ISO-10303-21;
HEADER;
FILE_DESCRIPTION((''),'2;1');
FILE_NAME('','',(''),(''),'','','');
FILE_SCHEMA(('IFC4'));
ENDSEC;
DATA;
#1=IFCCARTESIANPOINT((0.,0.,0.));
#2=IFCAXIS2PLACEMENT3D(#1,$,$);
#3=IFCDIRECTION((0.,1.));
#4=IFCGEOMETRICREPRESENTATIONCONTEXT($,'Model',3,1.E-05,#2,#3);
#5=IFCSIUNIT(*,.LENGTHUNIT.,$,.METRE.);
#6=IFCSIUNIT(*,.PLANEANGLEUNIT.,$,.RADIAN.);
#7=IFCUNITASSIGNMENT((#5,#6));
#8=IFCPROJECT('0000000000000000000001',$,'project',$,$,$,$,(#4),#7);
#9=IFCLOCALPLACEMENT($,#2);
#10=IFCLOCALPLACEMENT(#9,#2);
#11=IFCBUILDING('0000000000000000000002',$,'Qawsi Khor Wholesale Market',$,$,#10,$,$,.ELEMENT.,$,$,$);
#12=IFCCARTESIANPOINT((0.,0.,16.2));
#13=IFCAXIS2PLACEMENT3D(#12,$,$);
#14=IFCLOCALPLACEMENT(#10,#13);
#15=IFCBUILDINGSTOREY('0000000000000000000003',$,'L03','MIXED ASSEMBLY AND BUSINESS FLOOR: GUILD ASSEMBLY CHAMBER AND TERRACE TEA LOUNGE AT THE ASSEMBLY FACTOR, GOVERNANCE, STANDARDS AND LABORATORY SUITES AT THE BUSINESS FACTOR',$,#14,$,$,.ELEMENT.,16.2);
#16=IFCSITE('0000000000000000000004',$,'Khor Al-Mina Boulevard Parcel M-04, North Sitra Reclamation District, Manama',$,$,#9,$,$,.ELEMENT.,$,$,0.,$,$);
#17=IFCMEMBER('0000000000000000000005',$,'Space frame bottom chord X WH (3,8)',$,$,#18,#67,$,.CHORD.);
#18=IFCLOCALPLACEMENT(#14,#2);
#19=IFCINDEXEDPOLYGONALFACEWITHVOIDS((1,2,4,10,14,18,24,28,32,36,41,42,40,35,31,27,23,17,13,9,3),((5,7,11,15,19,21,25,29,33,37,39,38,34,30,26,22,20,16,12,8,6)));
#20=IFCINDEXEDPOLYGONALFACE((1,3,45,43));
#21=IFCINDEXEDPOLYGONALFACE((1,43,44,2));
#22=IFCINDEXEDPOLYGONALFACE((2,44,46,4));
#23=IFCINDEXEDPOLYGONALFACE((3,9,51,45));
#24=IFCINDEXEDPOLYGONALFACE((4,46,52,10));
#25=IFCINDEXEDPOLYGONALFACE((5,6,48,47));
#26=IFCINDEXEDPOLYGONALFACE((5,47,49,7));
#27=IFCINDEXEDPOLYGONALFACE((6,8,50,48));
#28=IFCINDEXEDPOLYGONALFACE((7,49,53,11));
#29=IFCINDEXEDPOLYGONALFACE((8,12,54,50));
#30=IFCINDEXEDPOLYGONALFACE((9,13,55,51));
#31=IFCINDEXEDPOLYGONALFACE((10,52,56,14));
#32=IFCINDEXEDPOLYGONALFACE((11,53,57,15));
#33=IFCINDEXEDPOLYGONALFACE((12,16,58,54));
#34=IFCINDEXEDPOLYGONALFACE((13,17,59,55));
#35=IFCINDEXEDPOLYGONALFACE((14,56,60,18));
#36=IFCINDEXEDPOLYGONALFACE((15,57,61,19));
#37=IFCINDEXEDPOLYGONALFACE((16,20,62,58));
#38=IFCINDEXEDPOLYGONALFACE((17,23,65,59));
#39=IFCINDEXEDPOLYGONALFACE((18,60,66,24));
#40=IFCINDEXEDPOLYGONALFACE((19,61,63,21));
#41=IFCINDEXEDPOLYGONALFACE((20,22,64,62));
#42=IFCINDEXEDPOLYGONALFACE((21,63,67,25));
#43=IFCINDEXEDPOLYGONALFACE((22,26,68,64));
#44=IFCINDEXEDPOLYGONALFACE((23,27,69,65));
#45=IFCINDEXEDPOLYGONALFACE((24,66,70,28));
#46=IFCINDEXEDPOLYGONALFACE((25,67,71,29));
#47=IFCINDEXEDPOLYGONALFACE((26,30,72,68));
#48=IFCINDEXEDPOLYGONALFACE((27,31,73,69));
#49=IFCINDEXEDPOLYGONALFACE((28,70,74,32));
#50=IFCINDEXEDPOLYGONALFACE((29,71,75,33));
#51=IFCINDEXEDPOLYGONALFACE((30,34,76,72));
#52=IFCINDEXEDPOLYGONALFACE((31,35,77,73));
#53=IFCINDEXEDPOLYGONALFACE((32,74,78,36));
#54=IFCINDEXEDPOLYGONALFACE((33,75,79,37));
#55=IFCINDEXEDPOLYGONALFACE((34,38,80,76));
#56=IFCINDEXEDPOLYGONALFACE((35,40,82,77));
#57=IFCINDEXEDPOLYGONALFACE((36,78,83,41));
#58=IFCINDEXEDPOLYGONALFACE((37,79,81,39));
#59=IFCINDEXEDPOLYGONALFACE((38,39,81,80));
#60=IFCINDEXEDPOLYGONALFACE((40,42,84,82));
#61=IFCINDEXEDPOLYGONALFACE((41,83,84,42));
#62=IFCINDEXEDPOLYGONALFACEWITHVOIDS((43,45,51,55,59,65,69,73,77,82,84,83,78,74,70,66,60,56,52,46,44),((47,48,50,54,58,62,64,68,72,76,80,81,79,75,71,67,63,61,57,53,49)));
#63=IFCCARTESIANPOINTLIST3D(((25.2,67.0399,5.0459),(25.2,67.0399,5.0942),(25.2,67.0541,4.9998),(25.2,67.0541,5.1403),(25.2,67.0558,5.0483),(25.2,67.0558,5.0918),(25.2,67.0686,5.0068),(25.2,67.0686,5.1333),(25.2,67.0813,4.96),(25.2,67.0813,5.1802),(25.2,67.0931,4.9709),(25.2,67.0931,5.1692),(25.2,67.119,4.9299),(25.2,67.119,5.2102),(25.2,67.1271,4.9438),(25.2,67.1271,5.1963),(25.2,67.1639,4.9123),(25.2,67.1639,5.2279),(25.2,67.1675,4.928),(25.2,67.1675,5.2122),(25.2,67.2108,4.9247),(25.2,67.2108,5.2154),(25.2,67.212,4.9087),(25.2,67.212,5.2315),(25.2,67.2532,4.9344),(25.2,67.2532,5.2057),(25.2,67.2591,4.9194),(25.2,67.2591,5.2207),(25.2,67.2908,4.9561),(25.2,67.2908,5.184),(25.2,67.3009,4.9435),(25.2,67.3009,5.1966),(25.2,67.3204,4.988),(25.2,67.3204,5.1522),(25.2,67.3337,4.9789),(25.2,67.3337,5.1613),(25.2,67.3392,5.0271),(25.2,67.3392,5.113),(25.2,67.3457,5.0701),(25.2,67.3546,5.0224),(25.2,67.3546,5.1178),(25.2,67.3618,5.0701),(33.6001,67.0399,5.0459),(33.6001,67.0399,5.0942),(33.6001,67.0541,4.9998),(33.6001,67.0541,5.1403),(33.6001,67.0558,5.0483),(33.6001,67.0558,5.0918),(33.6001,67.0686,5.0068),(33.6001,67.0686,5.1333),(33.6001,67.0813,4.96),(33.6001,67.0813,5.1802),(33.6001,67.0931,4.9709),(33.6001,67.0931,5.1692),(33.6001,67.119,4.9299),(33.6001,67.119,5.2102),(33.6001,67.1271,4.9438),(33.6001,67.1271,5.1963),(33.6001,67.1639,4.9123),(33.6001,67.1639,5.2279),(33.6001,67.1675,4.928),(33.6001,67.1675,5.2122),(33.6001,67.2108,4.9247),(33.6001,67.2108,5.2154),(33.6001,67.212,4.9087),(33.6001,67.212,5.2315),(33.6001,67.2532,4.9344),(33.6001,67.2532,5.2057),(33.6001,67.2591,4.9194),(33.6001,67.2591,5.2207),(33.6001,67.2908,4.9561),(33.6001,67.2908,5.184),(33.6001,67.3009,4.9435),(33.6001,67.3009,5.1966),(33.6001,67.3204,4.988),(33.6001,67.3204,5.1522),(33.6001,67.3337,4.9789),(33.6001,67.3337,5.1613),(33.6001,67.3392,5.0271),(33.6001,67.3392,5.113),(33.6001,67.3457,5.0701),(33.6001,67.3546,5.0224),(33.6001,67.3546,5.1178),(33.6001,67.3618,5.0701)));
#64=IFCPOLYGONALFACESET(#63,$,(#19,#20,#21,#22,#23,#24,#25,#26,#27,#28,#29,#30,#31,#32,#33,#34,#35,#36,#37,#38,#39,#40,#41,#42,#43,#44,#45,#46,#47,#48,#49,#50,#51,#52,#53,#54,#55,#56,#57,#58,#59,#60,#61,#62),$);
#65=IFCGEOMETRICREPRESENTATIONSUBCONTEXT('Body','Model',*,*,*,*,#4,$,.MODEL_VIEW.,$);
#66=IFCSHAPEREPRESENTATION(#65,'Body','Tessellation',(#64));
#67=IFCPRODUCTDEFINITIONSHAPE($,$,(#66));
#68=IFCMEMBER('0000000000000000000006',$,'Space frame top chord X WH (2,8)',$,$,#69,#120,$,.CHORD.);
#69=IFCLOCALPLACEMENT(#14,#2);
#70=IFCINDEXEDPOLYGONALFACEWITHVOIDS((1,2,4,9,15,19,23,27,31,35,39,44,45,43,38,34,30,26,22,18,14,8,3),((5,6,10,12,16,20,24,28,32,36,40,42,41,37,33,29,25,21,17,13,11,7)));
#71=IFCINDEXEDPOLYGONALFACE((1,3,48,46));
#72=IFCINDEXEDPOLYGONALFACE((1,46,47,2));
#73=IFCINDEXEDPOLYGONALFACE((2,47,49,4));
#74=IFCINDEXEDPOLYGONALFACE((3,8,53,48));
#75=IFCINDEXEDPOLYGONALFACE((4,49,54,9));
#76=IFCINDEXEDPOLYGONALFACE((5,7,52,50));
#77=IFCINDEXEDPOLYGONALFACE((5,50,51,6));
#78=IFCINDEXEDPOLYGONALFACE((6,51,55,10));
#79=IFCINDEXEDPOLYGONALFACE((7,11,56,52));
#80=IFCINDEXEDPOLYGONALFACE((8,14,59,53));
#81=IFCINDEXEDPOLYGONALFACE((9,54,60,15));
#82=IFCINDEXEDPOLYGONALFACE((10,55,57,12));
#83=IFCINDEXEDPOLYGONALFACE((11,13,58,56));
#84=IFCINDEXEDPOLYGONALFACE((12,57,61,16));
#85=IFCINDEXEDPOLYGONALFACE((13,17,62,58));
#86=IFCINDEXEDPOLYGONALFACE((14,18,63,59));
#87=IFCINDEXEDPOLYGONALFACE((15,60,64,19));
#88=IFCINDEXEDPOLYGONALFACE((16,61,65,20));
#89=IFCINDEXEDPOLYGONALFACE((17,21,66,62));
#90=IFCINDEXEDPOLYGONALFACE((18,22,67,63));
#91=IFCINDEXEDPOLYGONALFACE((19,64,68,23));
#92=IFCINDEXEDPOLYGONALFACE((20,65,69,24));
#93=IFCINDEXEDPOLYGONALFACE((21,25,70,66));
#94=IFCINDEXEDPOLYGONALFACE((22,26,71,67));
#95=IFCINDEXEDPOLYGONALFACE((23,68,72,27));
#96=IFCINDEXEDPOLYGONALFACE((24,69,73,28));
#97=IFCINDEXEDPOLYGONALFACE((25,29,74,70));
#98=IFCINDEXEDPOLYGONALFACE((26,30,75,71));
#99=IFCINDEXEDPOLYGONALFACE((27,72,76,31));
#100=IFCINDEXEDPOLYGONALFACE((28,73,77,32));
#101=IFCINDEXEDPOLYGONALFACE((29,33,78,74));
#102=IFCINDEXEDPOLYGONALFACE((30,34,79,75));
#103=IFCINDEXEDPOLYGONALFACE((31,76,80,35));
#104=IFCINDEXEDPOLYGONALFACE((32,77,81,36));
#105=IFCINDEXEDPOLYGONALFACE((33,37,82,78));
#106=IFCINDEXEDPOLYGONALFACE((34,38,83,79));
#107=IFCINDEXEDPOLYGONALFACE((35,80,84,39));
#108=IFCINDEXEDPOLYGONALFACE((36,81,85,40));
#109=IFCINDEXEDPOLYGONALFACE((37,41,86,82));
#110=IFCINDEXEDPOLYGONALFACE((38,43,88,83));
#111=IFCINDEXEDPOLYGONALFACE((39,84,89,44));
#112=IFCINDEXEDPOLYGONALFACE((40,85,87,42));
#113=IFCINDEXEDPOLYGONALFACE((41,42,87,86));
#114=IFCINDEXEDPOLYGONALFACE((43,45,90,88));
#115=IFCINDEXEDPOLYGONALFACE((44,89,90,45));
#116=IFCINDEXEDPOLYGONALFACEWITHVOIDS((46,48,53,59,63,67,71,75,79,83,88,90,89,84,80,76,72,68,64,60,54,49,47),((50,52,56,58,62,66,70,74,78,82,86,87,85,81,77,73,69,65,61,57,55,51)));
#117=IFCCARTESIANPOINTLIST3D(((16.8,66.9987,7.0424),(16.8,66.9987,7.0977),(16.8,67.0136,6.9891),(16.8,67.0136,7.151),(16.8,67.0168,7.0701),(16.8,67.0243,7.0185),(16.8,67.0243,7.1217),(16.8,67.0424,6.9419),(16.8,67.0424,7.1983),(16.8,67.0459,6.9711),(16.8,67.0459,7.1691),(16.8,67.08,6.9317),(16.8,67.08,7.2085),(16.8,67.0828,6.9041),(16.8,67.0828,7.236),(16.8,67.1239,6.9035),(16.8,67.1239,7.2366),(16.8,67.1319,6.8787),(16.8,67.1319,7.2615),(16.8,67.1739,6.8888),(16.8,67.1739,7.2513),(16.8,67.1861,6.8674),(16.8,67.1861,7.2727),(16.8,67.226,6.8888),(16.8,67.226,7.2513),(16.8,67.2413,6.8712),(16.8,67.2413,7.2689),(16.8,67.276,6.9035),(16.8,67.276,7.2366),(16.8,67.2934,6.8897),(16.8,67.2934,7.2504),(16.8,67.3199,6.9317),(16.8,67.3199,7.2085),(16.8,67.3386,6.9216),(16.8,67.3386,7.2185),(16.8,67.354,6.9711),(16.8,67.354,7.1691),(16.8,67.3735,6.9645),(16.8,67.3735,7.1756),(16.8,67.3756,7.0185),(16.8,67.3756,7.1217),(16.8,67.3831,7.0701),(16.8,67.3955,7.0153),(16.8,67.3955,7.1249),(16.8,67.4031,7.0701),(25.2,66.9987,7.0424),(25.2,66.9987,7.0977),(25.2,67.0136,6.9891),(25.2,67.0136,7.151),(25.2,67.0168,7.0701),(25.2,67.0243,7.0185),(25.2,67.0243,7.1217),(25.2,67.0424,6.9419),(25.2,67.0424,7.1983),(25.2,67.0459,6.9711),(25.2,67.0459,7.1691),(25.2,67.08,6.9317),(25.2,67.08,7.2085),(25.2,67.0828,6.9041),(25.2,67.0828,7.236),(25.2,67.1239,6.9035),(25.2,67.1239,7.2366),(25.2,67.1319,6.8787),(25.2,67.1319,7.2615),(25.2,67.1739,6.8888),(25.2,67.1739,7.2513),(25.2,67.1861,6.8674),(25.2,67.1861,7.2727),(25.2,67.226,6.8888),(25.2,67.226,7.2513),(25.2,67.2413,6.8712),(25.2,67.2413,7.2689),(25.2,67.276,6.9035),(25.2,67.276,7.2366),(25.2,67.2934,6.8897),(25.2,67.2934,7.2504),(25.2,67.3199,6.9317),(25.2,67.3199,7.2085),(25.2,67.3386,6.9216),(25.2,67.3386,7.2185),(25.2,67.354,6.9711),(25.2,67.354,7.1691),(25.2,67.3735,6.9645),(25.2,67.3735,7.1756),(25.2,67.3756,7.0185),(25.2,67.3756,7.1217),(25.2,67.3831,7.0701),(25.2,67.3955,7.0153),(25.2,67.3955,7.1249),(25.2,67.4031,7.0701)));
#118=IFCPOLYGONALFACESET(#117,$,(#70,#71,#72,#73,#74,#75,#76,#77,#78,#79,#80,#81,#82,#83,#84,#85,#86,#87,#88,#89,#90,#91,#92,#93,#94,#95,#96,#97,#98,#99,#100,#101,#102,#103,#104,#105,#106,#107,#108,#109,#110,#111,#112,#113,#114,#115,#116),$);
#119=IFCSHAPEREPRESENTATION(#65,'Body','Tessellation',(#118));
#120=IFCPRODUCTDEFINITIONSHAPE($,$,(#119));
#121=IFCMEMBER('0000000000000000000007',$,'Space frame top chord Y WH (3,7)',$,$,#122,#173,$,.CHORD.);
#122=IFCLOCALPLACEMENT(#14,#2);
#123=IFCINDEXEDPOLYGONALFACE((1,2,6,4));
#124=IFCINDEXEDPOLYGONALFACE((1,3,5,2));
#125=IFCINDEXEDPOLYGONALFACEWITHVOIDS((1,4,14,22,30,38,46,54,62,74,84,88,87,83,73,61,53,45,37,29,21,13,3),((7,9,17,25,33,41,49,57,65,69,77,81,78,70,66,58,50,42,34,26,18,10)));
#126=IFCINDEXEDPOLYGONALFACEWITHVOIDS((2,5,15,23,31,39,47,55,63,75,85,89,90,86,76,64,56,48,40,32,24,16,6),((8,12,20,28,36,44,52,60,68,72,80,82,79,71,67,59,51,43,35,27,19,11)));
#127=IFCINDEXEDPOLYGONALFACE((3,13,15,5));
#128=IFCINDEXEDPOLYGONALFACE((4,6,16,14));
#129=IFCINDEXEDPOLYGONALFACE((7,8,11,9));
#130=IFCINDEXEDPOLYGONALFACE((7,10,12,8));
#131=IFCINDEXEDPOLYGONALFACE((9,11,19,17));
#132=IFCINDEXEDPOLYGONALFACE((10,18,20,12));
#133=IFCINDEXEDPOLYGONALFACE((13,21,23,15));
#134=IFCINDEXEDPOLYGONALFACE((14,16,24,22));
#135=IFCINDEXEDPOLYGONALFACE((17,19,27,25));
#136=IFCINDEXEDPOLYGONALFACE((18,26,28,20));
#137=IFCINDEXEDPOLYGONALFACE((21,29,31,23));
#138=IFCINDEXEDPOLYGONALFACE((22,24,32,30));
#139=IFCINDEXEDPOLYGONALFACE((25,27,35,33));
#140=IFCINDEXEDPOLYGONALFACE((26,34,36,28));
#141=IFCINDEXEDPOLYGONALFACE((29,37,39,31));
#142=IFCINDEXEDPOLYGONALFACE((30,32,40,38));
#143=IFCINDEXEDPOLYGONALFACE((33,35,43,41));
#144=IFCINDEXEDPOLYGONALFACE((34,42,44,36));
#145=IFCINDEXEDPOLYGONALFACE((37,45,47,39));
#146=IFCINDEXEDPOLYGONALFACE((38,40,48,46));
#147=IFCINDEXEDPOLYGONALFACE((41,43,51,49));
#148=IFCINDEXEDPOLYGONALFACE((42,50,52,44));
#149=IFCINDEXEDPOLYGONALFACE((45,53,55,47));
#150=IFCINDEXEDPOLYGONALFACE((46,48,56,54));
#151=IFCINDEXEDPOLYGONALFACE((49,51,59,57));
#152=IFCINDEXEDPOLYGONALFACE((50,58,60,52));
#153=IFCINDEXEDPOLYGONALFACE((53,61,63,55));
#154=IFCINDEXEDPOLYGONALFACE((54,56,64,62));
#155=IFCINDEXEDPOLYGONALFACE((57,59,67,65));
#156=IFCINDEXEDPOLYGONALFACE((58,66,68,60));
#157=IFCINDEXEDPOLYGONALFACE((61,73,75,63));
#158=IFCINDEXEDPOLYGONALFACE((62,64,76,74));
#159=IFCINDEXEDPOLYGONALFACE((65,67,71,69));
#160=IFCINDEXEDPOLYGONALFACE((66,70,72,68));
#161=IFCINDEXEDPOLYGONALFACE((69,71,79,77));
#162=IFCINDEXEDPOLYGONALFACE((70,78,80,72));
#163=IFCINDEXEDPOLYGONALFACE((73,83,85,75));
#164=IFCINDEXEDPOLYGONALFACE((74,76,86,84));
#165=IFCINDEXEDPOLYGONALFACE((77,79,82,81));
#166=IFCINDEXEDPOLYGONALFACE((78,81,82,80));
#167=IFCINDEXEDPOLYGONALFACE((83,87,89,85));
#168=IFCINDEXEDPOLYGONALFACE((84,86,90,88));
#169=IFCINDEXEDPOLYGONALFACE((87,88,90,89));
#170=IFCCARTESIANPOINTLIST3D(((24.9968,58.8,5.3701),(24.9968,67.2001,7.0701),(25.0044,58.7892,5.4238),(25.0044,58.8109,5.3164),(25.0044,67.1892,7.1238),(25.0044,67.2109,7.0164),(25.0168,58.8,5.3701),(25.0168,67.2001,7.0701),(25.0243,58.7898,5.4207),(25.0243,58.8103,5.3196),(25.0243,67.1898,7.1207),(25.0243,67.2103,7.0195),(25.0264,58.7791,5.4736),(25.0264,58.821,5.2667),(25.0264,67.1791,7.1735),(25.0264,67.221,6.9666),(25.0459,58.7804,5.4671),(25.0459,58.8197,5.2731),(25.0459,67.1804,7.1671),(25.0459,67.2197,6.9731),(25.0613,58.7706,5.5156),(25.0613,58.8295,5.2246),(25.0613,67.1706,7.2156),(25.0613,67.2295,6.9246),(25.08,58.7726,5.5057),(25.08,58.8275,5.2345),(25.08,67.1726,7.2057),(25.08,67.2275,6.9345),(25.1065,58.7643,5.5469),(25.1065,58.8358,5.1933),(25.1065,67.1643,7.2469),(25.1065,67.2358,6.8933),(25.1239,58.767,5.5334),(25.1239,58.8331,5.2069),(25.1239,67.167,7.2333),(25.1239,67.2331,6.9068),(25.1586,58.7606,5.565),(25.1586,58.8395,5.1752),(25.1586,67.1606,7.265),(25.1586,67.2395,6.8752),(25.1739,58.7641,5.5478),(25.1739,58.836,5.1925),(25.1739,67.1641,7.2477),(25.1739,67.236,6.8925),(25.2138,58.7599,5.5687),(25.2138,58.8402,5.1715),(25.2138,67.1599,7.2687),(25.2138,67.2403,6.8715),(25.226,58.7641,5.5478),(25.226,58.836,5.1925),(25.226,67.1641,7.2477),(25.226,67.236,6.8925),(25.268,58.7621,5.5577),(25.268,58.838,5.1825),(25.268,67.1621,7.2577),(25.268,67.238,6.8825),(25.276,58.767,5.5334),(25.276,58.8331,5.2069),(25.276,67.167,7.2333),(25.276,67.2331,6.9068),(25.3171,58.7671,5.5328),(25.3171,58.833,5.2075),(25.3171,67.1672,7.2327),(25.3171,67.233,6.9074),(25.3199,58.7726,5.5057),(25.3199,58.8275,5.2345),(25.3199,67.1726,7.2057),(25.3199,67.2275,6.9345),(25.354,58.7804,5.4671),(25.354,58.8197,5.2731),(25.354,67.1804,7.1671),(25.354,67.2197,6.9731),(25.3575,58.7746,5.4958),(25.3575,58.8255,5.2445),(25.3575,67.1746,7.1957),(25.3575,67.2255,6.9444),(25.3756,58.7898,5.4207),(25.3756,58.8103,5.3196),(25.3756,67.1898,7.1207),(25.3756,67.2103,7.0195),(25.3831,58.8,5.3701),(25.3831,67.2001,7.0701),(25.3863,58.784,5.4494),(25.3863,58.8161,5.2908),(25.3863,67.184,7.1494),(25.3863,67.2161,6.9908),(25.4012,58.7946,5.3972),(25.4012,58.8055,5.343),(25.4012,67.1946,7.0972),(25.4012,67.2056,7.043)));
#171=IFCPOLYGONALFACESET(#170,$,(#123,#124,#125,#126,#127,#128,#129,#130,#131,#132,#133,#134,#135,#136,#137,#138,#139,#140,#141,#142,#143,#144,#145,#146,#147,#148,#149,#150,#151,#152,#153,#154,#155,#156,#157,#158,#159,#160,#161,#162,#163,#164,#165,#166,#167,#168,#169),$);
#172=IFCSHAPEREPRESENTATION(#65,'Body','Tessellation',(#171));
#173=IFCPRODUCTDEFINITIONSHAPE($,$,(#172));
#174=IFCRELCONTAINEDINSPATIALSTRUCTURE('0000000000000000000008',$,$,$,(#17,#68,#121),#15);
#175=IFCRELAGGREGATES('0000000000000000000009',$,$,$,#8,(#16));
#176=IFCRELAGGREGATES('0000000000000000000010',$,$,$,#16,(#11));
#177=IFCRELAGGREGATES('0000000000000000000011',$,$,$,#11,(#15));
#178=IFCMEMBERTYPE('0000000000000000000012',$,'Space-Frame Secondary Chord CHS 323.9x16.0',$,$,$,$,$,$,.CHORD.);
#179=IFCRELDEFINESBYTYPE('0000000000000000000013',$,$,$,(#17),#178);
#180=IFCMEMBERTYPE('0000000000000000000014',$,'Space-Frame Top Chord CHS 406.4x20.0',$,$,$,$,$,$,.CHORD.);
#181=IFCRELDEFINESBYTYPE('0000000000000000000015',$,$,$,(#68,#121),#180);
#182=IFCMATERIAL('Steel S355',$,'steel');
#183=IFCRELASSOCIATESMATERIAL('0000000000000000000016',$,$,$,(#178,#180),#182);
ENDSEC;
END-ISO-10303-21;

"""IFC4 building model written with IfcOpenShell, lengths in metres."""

from ifc_helpers import new_model, si_unit, direction, frame, origin, origin_2d, place, context, subcontext, project, spatial, hollow_circle, extrude, material, material_profile, profile_set, type_object, element, save


model = new_model("IFC4")

# Units and contexts
model_context = context("Model", 3, precision=1e-05, world=origin(), true_north=direction((0.0, 1.0)))
body_context = subcontext(model_context, "Body", "Model", "MODEL_VIEW")
ifc_project = project(units=[si_unit("LENGTHUNIT", "METRE"), si_unit("PLANEANGLEUNIT", "RADIAN")], contexts=[model_context])

# Site, building, storey
site_placement = place(None, origin())
site = spatial("IfcSite", under=ifc_project, at=site_placement, Name="Khor Al-Mina Boulevard Parcel M-04, North Sitra Reclamation District, Manama", CompositionType="ELEMENT", RefElevation=0.0)
building_placement = place(site_placement, origin())
building = spatial("IfcBuilding", under=site, at=building_placement, Name="Qawsi Khor Wholesale Market", CompositionType="ELEMENT")
storey_placement = place(building_placement, frame((0.0, 0.0, 16.2)))
storey = spatial("IfcBuildingStorey", under=building, at=storey_placement, Name="L03", Description="MIXED ASSEMBLY AND BUSINESS FLOOR: GUILD ASSEMBLY CHAMBER AND TERRACE TEA LOUNGE AT THE ASSEMBLY FACTOR, GOVERNANCE, STANDARDS AND LABORATORY SUITES AT THE BUSINESS FACTOR", CompositionType="ELEMENT", Elevation=16.2)

# Members
ifc_material_1 = material(Name="Steel S355", Category="steel")
ifc_material_profile_1 = material_profile(ifc_material_1, hollow_circle(Radius=0.1619, WallThickness=0.0161, at=origin_2d()), Name="CHS 323.9x16.0")
ifc_profile_set_1 = profile_set([ifc_material_profile_1], Name="Steel S355")
member_type_1 = type_object("IfcMemberType", Name="Space-Frame Secondary Chord CHS 323.9x16.0", PredefinedType="CHORD", material=ifc_profile_set_1)
member_1_placement = place(storey_placement, frame((25.2, 67.2, 5.0701), z_axis=(1.0, 0.0, 0.0), x_axis=(0.0, 1.0, 0.0)))
element("IfcMember", 1, at=member_1_placement, inside=storey, type_object=member_type_1, Name="Space frame bottom chord X WH (3,8)", PredefinedType="CHORD", context=body_context, shape_type="SweptSolid", body=[
    extrude(hollow_circle(Radius=0.1619, WallThickness=0.0161, at=origin_2d()), origin(), (0.0, 0.0, 1.0), 8.4001),
])
ifc_material_profile_2 = material_profile(ifc_material_1, hollow_circle(Radius=0.2031, WallThickness=0.02, at=origin_2d()), Name="CHS 406.4x20.0")
ifc_profile_set_2 = profile_set([ifc_material_profile_2], Name="Steel S355")
member_type_2 = type_object("IfcMemberType", Name="Space-Frame Top Chord CHS 406.4x20.0", PredefinedType="CHORD", material=ifc_profile_set_2)
member_2_placement = place(storey_placement, frame((16.8, 67.2, 7.0701), z_axis=(1.0, 0.0, 0.0), x_axis=(0.0, 1.0, 0.0)))
element("IfcMember", 2, at=member_2_placement, inside=storey, type_object=member_type_2, Name="Space frame top chord X WH (2,8)", PredefinedType="CHORD", context=body_context, shape_type="SweptSolid", body=[
    extrude(hollow_circle(Radius=0.2031, WallThickness=0.02, at=origin_2d()), origin(), (0.0, 0.0, 1.0), 8.3999),
])
member_3_placement = place(storey_placement, frame((25.2, 58.8, 5.3701), z_axis=(0.0, 0.98013, 0.198356), x_axis=(-1.0, 0.0, 0.0)))
element("IfcMember", 3, at=member_3_placement, inside=storey, type_object=member_type_2, Name="Space frame top chord Y WH (3,7)", PredefinedType="CHORD", context=body_context, shape_type="SweptSolid", body=[
    extrude(hollow_circle(Radius=0.2031, WallThickness=0.02, at=origin_2d()), origin(), (0.0, 0.0, 1.0), 8.5703),
])

save(model, "model.ifc")
